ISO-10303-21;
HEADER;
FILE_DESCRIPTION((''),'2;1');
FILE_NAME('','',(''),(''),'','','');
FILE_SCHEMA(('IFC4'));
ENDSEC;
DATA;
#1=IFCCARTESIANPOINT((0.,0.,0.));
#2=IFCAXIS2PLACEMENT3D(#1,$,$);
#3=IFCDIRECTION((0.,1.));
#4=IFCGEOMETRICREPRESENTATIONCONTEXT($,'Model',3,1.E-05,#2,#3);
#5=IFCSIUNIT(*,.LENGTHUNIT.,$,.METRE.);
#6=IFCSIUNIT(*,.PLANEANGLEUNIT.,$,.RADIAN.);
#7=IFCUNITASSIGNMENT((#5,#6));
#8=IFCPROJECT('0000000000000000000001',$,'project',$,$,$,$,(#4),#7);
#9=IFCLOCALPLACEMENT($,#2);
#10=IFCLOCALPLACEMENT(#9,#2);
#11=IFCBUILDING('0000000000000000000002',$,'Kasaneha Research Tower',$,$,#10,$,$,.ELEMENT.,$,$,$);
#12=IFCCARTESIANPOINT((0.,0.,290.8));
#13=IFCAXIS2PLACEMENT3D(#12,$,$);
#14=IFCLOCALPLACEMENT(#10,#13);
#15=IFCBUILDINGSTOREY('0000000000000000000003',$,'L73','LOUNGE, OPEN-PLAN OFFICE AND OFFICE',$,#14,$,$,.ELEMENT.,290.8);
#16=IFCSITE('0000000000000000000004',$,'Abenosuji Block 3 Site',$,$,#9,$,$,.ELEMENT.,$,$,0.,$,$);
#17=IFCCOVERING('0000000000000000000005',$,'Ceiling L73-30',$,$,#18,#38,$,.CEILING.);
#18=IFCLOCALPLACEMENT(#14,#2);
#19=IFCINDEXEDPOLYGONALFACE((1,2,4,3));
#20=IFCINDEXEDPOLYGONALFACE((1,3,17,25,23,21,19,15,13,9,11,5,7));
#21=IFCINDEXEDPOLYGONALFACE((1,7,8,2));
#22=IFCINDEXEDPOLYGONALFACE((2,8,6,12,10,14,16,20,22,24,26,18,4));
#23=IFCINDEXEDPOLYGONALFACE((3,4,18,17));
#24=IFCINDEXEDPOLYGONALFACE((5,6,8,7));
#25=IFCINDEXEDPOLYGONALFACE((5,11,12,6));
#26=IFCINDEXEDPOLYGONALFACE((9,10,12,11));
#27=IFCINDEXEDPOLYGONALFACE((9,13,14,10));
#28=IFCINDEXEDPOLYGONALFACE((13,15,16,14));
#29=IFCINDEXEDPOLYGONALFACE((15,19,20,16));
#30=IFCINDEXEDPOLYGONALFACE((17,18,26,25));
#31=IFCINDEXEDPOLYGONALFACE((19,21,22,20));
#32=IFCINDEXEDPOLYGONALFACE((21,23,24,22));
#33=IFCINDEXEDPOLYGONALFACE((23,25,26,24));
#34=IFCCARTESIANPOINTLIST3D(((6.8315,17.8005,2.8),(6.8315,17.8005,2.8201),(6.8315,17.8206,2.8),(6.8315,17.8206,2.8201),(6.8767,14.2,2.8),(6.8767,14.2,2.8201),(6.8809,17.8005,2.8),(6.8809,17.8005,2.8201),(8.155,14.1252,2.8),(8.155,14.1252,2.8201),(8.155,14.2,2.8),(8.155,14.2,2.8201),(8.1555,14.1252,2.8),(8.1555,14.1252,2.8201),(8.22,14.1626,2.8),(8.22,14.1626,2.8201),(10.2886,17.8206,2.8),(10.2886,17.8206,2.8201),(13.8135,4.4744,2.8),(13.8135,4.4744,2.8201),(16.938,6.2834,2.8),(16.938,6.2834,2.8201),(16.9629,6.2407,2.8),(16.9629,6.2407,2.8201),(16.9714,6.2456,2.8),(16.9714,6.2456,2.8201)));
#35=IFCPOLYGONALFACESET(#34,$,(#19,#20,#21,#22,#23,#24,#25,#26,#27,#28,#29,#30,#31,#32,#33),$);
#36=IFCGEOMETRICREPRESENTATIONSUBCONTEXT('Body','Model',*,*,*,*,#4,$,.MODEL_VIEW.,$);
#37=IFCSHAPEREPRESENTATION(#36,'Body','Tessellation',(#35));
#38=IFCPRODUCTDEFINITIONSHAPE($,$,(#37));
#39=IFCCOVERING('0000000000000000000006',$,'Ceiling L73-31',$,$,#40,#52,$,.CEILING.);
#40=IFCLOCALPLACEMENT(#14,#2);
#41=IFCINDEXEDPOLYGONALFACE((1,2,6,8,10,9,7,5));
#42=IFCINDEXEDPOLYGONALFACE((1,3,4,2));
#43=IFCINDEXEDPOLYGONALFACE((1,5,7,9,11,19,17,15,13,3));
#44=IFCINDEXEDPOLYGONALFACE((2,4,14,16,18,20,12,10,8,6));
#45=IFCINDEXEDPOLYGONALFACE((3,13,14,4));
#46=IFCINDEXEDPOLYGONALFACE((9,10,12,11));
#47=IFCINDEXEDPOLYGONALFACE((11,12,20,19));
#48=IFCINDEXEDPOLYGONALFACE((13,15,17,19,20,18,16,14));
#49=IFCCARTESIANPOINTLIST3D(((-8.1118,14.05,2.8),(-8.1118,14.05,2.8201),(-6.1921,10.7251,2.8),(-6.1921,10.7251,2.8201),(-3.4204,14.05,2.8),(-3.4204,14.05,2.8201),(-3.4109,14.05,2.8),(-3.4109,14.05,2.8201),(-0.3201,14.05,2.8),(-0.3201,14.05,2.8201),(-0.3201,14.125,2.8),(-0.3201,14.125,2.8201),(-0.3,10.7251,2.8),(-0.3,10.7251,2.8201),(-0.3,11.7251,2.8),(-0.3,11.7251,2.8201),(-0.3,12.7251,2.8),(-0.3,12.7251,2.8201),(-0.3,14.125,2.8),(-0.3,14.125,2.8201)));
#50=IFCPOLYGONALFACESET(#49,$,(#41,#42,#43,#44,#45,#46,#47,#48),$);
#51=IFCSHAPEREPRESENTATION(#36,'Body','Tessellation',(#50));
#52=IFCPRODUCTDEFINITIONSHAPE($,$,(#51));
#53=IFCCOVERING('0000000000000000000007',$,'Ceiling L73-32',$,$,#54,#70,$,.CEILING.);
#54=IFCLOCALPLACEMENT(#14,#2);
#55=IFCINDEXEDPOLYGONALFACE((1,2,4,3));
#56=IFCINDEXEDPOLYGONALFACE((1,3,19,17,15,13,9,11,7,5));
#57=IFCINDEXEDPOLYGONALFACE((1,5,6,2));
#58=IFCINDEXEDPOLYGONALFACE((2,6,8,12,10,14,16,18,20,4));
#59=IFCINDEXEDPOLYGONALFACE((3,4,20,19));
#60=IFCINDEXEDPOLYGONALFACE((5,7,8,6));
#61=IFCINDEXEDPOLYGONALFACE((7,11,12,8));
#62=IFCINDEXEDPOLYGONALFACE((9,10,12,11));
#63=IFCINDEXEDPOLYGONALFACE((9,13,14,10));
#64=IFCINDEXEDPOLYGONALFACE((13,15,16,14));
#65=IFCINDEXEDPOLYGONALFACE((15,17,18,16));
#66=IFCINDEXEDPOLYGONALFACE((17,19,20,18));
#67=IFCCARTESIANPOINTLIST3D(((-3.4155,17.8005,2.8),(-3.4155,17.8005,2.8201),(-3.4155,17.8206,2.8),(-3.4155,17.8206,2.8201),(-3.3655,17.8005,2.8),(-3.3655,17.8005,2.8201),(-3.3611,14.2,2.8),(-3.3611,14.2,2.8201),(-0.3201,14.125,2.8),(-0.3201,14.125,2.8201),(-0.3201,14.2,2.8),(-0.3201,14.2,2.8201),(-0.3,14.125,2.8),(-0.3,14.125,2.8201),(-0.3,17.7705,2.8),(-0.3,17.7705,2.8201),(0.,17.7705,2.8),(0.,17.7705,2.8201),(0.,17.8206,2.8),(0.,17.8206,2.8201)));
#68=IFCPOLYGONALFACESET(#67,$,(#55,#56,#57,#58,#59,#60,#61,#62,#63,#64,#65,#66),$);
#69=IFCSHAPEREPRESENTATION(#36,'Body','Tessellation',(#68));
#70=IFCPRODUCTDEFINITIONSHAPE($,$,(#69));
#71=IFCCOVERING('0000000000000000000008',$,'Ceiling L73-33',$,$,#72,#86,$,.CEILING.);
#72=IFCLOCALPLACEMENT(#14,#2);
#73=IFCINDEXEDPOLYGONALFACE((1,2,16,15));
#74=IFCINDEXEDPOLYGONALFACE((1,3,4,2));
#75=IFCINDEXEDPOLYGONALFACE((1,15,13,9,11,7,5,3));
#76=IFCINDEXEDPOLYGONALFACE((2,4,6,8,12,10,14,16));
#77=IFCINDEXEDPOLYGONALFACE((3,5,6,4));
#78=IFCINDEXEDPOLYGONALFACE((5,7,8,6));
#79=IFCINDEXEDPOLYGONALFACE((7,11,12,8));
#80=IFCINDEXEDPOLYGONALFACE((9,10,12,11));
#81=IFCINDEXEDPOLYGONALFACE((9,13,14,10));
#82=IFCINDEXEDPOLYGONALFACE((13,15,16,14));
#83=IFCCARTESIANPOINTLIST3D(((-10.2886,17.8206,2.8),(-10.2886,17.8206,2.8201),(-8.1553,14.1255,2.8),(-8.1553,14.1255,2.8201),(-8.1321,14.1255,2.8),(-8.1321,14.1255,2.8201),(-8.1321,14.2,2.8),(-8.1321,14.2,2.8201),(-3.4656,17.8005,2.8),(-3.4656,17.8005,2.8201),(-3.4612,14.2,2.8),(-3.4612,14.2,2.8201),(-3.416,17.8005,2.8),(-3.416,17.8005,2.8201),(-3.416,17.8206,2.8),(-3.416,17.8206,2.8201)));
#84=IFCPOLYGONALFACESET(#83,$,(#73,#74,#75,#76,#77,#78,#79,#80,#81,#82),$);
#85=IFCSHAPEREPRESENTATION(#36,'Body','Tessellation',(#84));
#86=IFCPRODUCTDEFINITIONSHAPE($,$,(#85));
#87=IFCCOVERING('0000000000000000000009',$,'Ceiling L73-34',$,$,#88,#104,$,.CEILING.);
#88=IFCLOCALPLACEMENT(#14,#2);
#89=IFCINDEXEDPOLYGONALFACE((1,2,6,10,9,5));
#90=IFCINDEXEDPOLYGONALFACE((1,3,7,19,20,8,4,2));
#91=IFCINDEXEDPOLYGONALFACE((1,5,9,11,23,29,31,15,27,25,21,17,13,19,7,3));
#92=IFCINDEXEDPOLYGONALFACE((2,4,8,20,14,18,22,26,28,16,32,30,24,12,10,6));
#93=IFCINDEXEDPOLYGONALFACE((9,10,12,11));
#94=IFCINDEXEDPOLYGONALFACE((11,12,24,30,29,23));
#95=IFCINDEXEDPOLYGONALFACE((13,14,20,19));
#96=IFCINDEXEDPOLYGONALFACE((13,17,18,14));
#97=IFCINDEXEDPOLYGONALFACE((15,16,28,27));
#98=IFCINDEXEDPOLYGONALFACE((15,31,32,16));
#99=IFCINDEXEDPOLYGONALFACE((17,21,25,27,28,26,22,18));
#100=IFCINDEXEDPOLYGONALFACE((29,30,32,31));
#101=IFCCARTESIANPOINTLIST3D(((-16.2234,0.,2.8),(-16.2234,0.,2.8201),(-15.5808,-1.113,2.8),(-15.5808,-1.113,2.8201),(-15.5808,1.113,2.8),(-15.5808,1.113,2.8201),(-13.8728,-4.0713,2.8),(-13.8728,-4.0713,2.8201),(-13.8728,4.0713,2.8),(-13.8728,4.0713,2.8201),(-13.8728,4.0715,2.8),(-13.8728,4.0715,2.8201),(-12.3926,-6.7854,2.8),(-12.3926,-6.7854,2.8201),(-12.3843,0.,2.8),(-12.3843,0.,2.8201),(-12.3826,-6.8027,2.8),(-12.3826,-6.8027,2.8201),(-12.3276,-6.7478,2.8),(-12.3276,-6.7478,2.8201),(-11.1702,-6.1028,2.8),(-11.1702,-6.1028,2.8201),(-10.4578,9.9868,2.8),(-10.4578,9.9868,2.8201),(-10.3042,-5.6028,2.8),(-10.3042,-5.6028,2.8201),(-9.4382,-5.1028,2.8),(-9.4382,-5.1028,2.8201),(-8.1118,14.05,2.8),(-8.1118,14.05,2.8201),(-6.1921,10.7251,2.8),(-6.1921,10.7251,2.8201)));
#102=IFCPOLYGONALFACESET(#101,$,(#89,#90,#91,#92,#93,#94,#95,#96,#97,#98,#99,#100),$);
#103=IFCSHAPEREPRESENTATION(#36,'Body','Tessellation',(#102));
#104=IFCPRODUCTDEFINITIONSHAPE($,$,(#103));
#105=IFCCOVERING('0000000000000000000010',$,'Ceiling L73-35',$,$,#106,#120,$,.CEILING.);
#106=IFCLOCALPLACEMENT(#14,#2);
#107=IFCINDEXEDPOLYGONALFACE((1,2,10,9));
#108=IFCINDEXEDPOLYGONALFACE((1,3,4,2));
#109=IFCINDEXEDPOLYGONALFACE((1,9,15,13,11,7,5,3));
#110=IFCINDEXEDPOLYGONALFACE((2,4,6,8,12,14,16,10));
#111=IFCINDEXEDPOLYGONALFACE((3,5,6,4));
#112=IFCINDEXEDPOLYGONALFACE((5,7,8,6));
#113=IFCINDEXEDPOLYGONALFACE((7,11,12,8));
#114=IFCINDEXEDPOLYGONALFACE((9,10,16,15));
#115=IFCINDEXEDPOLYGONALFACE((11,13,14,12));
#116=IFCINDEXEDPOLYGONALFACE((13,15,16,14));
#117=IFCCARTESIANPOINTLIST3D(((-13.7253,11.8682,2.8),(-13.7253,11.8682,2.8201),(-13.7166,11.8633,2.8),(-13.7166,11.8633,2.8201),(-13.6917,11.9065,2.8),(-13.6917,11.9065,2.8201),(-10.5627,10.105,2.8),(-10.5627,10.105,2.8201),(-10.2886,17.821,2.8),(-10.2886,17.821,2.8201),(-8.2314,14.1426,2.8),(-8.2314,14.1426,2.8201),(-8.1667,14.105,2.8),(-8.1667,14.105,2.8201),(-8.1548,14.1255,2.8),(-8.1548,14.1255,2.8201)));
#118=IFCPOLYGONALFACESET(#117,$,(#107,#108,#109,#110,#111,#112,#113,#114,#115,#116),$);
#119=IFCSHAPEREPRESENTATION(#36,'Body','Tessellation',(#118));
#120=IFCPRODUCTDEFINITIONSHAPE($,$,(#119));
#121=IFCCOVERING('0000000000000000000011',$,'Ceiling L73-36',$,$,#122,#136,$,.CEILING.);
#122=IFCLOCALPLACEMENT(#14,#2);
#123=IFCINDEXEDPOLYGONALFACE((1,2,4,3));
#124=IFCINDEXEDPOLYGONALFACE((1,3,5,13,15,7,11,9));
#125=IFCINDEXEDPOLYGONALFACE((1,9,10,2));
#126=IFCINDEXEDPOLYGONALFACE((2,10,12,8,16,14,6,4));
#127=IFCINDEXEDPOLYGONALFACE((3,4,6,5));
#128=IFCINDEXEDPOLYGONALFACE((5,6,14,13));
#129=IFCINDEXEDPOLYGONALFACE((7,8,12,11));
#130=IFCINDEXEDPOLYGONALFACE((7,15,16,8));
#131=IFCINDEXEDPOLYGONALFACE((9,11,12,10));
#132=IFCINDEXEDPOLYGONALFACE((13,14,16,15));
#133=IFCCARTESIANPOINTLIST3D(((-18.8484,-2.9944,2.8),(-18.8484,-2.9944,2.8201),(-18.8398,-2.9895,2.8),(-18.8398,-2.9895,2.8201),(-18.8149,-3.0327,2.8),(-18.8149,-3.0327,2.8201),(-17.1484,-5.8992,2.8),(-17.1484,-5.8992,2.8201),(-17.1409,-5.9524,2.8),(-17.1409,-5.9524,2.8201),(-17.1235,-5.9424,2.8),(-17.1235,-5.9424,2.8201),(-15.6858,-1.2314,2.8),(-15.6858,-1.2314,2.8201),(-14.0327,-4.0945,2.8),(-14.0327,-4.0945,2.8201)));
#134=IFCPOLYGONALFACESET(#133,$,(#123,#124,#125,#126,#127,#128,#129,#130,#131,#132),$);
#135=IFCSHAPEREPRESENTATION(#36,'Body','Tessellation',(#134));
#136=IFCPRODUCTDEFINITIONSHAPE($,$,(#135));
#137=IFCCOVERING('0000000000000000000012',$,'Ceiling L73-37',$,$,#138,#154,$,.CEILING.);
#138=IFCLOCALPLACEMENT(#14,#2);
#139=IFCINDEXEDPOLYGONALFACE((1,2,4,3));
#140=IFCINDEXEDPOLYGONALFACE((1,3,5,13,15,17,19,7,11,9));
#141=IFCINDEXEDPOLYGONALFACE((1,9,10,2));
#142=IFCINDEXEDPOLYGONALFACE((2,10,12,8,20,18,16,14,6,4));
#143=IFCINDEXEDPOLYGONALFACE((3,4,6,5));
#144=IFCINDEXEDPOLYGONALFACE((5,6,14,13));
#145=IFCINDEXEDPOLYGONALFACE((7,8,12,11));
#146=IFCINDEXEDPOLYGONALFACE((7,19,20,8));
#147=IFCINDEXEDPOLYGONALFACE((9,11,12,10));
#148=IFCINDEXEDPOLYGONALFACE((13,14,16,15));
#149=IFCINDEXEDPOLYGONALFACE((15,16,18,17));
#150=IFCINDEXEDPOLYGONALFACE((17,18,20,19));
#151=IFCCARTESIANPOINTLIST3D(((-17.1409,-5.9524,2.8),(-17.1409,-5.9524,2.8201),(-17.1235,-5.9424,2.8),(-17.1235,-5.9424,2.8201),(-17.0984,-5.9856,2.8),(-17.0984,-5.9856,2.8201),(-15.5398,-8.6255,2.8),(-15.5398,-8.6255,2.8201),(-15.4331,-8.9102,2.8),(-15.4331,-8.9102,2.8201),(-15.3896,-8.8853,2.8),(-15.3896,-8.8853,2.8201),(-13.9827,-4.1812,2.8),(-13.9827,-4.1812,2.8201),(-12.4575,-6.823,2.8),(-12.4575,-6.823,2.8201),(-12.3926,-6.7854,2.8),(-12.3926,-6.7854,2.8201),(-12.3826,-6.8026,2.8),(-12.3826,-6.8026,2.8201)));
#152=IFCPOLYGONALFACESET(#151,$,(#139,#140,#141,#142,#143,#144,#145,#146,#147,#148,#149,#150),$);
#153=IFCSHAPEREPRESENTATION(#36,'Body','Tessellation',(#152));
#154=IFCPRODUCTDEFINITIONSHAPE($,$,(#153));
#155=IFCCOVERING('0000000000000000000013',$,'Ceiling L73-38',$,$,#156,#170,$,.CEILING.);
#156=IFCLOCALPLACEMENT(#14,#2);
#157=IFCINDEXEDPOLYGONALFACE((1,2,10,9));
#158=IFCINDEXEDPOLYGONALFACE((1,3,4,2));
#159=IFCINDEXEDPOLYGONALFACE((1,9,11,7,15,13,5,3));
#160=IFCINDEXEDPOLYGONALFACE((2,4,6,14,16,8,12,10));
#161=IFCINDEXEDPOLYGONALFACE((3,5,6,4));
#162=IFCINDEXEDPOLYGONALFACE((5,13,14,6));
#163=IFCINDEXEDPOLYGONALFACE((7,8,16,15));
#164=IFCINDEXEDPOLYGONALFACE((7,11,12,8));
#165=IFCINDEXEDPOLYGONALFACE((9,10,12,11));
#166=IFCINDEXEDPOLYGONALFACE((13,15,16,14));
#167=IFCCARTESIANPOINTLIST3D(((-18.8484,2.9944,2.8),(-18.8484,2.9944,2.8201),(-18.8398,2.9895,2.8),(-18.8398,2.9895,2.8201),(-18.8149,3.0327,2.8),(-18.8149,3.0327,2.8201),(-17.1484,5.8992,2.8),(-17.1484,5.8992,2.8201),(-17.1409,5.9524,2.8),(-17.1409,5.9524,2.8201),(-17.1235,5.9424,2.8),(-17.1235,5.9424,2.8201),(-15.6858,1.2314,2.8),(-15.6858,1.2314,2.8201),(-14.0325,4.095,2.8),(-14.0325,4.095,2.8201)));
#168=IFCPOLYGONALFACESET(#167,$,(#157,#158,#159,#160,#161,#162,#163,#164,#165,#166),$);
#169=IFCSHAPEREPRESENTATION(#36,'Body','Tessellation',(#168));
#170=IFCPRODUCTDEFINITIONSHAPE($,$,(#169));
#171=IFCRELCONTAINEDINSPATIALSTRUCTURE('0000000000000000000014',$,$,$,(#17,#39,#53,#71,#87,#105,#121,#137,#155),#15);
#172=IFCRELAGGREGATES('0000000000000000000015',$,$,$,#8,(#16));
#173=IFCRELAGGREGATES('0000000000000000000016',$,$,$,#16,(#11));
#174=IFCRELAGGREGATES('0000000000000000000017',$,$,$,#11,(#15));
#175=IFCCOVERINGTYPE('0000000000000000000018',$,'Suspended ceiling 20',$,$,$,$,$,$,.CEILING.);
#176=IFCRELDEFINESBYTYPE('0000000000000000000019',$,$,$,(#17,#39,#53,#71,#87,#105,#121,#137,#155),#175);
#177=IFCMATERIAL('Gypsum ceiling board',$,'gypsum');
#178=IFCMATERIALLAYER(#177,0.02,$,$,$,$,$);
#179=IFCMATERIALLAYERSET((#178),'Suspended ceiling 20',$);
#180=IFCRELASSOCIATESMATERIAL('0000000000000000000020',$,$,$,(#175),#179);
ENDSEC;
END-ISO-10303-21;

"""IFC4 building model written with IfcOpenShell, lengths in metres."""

from ifc_helpers import new_model, si_unit, direction, frame, origin, place, context, subcontext, project, spatial, polyline, outline, extrude, material, layer, layer_set, type_object, element, save


model = new_model("IFC4")

# Units and contexts
model_context = context("Model", 3, precision=1e-05, world=origin(), true_north=direction((0.0, 1.0)))
body_context = subcontext(model_context, "Body", "Model", "MODEL_VIEW")
ifc_project = project(units=[si_unit("LENGTHUNIT", "METRE"), si_unit("PLANEANGLEUNIT", "RADIAN")], contexts=[model_context])

# Site, building, storey
site_placement = place(None, origin())
site = spatial("IfcSite", under=ifc_project, at=site_placement, Name="Abenosuji Block 3 Site", CompositionType="ELEMENT", RefElevation=0.0)
building_placement = place(site_placement, origin())
building = spatial("IfcBuilding", under=site, at=building_placement, Name="Kasaneha Research Tower", CompositionType="ELEMENT")
storey_placement = place(building_placement, frame((0.0, 0.0, 290.8)))
storey = spatial("IfcBuildingStorey", under=building, at=storey_placement, Name="L73", Description="LOUNGE, OPEN-PLAN OFFICE AND OFFICE", CompositionType="ELEMENT", Elevation=290.8)

# Coverings
ifc_material_1 = material(Name="Gypsum ceiling board", Category="gypsum")
ifc_layer_1 = layer(ifc_material_1, 0.02)
ifc_layer_set_1 = layer_set([ifc_layer_1], Name="Suspended ceiling 20")
covering_type_1 = type_object("IfcCoveringType", Name="Suspended ceiling 20", PredefinedType="CEILING", material=ifc_layer_set_1)
covering_1_placement = place(storey_placement, frame((0.0, 0.0, 2.8)))
element("IfcCovering", 1, at=covering_1_placement, inside=storey, type_object=covering_type_1, Name="Ceiling L73-30", PredefinedType="CEILING", context=body_context, shape_type="SweptSolid", body=[
    extrude(outline(polyline([(16.9629, 6.2407), (16.938, 6.2834), (13.8135, 4.4744), (8.22, 14.1626), (8.1555, 14.1252), (8.1555, 14.1252), (8.155, 14.1252), (8.155, 14.2), (6.8767, 14.2), (6.8809, 17.8005), (6.8315, 17.8005), (6.8315, 17.8206), (10.2886, 17.8206), (16.9714, 6.2456), (16.9629, 6.2407)])), origin(), (0.0, 0.0, 1.0), 0.02),
])
covering_2_placement = place(storey_placement, frame((0.0, 0.0, 2.8)))
element("IfcCovering", 2, at=covering_2_placement, inside=storey, type_object=covering_type_1, Name="Ceiling L73-31", PredefinedType="CEILING", context=body_context, shape_type="SweptSolid", body=[
    extrude(outline(polyline([(-0.3, 11.7251), (-0.3, 10.7251), (-6.1921, 10.7251), (-8.1118, 14.05), (-8.1118, 14.05), (-3.4204, 14.05), (-3.4109, 14.05), (-0.3201, 14.05), (-0.3201, 14.125), (-0.3, 14.125), (-0.3, 12.7251), (-0.3, 11.7251)])), origin(), (0.0, 0.0, 1.0), 0.02),
])
covering_3_placement = place(storey_placement, frame((0.0, 0.0, 2.8)))
element("IfcCovering", 3, at=covering_3_placement, inside=storey, type_object=covering_type_1, Name="Ceiling L73-32", PredefinedType="CEILING", context=body_context, shape_type="SweptSolid", body=[
    extrude(outline(polyline([(0.0, 17.7705), (-0.3, 17.7705), (-0.3, 17.7705), (-0.3, 14.125), (-0.3201, 14.125), (-0.3201, 14.2), (-3.3611, 14.2), (-3.3655, 17.8005), (-3.4155, 17.8005), (-3.4155, 17.8206), (0.0, 17.8206), (0.0, 17.7705)])), origin(), (0.0, 0.0, 1.0), 0.02),
])
covering_4_placement = place(storey_placement, frame((0.0, 0.0, 2.8)))
element("IfcCovering", 4, at=covering_4_placement, inside=storey, type_object=covering_type_1, Name="Ceiling L73-33", PredefinedType="CEILING", context=body_context, shape_type="SweptSolid", body=[
    extrude(outline(polyline([(-3.416, 17.8005), (-3.4656, 17.8005), (-3.4612, 14.2), (-8.1321, 14.2), (-8.1321, 14.1255), (-8.1553, 14.1255), (-10.2886, 17.8206), (-3.416, 17.8206), (-3.416, 17.8005)])), origin(), (0.0, 0.0, 1.0), 0.02),
])
covering_5_placement = place(storey_placement, frame((0.0, 0.0, 2.8)))
element("IfcCovering", 5, at=covering_5_placement, inside=storey, type_object=covering_type_1, Name="Ceiling L73-34", PredefinedType="CEILING", context=body_context, shape_type="SweptSolid", body=[
    extrude(outline(polyline([(-12.3843, 0.0), (-9.4382, -5.1028), (-10.3042, -5.6028), (-10.3042, -5.6028), (-11.1702, -6.1028), (-11.1702, -6.1028), (-12.3826, -6.8027), (-12.3926, -6.7854), (-12.3276, -6.7478), (-13.8728, -4.0713), (-13.8728, -4.0713), (-15.5808, -1.113), (-15.5808, -1.113), (-16.2234, 0.0), (-15.5808, 1.113), (-15.5808, 1.113), (-13.8728, 4.0713), (-13.8728, 4.0715), (-10.4578, 9.9868), (-10.4578, 9.9868), (-8.1118, 14.05), (-6.1921, 10.7251), (-12.3843, 0.0)])), origin(), (0.0, 0.0, 1.0), 0.02),
])
covering_6_placement = place(storey_placement, frame((0.0, 0.0, 2.8)))
element("IfcCovering", 6, at=covering_6_placement, inside=storey, type_object=covering_type_1, Name="Ceiling L73-35", PredefinedType="CEILING", context=body_context, shape_type="SweptSolid", body=[
    extrude(outline(polyline([(-8.1548, 14.1255), (-8.1667, 14.105), (-8.2314, 14.1426), (-10.5627, 10.105), (-13.6917, 11.9065), (-13.7166, 11.8633), (-13.7253, 11.8682), (-10.2886, 17.821), (-8.1548, 14.1255)])), origin(), (0.0, 0.0, 1.0), 0.02),
])
covering_7_placement = place(storey_placement, frame((0.0, 0.0, 2.8)))
element("IfcCovering", 7, at=covering_7_placement, inside=storey, type_object=covering_type_1, Name="Ceiling L73-36", PredefinedType="CEILING", context=body_context, shape_type="SweptSolid", body=[
    extrude(outline(polyline([(-18.8398, -2.9895), (-18.8149, -3.0327), (-15.6858, -1.2314), (-14.0327, -4.0945), (-17.1484, -5.8992), (-17.1235, -5.9424), (-17.1409, -5.9524), (-18.8484, -2.9944), (-18.8398, -2.9895)])), origin(), (0.0, 0.0, 1.0), 0.02),
])
covering_8_placement = place(storey_placement, frame((0.0, 0.0, 2.8)))
element("IfcCovering", 8, at=covering_8_placement, inside=storey, type_object=covering_type_1, Name="Ceiling L73-37", PredefinedType="CEILING", context=body_context, shape_type="SweptSolid", body=[
    extrude(outline(polyline([(-15.5398, -8.6255), (-15.5398, -8.6255), (-15.3896, -8.8853), (-15.4331, -8.9102), (-17.1409, -5.9524), (-17.1235, -5.9424), (-17.0984, -5.9856), (-13.9827, -4.1812), (-12.4575, -6.823), (-12.3926, -6.7854), (-12.3826, -6.8027), (-12.1228, -6.6526), (-15.5398, -8.6255), (-15.5398, -8.6255)])), origin(), (0.0, 0.0, 1.0), 0.02),
])
covering_9_placement = place(storey_placement, frame((0.0, 0.0, 2.8)))
element("IfcCovering", 9, at=covering_9_placement, inside=storey, type_object=covering_type_1, Name="Ceiling L73-38", PredefinedType="CEILING", context=body_context, shape_type="SweptSolid", body=[
    extrude(outline(polyline([(-17.1235, 5.9424), (-17.1484, 5.8992), (-14.0325, 4.095), (-15.6858, 1.2314), (-18.8149, 3.0327), (-18.8398, 2.9895), (-18.8484, 2.9944), (-17.1409, 5.9524), (-17.1235, 5.9424)])), origin(), (0.0, 0.0, 1.0), 0.02),
])

save(model, "model.ifc")
